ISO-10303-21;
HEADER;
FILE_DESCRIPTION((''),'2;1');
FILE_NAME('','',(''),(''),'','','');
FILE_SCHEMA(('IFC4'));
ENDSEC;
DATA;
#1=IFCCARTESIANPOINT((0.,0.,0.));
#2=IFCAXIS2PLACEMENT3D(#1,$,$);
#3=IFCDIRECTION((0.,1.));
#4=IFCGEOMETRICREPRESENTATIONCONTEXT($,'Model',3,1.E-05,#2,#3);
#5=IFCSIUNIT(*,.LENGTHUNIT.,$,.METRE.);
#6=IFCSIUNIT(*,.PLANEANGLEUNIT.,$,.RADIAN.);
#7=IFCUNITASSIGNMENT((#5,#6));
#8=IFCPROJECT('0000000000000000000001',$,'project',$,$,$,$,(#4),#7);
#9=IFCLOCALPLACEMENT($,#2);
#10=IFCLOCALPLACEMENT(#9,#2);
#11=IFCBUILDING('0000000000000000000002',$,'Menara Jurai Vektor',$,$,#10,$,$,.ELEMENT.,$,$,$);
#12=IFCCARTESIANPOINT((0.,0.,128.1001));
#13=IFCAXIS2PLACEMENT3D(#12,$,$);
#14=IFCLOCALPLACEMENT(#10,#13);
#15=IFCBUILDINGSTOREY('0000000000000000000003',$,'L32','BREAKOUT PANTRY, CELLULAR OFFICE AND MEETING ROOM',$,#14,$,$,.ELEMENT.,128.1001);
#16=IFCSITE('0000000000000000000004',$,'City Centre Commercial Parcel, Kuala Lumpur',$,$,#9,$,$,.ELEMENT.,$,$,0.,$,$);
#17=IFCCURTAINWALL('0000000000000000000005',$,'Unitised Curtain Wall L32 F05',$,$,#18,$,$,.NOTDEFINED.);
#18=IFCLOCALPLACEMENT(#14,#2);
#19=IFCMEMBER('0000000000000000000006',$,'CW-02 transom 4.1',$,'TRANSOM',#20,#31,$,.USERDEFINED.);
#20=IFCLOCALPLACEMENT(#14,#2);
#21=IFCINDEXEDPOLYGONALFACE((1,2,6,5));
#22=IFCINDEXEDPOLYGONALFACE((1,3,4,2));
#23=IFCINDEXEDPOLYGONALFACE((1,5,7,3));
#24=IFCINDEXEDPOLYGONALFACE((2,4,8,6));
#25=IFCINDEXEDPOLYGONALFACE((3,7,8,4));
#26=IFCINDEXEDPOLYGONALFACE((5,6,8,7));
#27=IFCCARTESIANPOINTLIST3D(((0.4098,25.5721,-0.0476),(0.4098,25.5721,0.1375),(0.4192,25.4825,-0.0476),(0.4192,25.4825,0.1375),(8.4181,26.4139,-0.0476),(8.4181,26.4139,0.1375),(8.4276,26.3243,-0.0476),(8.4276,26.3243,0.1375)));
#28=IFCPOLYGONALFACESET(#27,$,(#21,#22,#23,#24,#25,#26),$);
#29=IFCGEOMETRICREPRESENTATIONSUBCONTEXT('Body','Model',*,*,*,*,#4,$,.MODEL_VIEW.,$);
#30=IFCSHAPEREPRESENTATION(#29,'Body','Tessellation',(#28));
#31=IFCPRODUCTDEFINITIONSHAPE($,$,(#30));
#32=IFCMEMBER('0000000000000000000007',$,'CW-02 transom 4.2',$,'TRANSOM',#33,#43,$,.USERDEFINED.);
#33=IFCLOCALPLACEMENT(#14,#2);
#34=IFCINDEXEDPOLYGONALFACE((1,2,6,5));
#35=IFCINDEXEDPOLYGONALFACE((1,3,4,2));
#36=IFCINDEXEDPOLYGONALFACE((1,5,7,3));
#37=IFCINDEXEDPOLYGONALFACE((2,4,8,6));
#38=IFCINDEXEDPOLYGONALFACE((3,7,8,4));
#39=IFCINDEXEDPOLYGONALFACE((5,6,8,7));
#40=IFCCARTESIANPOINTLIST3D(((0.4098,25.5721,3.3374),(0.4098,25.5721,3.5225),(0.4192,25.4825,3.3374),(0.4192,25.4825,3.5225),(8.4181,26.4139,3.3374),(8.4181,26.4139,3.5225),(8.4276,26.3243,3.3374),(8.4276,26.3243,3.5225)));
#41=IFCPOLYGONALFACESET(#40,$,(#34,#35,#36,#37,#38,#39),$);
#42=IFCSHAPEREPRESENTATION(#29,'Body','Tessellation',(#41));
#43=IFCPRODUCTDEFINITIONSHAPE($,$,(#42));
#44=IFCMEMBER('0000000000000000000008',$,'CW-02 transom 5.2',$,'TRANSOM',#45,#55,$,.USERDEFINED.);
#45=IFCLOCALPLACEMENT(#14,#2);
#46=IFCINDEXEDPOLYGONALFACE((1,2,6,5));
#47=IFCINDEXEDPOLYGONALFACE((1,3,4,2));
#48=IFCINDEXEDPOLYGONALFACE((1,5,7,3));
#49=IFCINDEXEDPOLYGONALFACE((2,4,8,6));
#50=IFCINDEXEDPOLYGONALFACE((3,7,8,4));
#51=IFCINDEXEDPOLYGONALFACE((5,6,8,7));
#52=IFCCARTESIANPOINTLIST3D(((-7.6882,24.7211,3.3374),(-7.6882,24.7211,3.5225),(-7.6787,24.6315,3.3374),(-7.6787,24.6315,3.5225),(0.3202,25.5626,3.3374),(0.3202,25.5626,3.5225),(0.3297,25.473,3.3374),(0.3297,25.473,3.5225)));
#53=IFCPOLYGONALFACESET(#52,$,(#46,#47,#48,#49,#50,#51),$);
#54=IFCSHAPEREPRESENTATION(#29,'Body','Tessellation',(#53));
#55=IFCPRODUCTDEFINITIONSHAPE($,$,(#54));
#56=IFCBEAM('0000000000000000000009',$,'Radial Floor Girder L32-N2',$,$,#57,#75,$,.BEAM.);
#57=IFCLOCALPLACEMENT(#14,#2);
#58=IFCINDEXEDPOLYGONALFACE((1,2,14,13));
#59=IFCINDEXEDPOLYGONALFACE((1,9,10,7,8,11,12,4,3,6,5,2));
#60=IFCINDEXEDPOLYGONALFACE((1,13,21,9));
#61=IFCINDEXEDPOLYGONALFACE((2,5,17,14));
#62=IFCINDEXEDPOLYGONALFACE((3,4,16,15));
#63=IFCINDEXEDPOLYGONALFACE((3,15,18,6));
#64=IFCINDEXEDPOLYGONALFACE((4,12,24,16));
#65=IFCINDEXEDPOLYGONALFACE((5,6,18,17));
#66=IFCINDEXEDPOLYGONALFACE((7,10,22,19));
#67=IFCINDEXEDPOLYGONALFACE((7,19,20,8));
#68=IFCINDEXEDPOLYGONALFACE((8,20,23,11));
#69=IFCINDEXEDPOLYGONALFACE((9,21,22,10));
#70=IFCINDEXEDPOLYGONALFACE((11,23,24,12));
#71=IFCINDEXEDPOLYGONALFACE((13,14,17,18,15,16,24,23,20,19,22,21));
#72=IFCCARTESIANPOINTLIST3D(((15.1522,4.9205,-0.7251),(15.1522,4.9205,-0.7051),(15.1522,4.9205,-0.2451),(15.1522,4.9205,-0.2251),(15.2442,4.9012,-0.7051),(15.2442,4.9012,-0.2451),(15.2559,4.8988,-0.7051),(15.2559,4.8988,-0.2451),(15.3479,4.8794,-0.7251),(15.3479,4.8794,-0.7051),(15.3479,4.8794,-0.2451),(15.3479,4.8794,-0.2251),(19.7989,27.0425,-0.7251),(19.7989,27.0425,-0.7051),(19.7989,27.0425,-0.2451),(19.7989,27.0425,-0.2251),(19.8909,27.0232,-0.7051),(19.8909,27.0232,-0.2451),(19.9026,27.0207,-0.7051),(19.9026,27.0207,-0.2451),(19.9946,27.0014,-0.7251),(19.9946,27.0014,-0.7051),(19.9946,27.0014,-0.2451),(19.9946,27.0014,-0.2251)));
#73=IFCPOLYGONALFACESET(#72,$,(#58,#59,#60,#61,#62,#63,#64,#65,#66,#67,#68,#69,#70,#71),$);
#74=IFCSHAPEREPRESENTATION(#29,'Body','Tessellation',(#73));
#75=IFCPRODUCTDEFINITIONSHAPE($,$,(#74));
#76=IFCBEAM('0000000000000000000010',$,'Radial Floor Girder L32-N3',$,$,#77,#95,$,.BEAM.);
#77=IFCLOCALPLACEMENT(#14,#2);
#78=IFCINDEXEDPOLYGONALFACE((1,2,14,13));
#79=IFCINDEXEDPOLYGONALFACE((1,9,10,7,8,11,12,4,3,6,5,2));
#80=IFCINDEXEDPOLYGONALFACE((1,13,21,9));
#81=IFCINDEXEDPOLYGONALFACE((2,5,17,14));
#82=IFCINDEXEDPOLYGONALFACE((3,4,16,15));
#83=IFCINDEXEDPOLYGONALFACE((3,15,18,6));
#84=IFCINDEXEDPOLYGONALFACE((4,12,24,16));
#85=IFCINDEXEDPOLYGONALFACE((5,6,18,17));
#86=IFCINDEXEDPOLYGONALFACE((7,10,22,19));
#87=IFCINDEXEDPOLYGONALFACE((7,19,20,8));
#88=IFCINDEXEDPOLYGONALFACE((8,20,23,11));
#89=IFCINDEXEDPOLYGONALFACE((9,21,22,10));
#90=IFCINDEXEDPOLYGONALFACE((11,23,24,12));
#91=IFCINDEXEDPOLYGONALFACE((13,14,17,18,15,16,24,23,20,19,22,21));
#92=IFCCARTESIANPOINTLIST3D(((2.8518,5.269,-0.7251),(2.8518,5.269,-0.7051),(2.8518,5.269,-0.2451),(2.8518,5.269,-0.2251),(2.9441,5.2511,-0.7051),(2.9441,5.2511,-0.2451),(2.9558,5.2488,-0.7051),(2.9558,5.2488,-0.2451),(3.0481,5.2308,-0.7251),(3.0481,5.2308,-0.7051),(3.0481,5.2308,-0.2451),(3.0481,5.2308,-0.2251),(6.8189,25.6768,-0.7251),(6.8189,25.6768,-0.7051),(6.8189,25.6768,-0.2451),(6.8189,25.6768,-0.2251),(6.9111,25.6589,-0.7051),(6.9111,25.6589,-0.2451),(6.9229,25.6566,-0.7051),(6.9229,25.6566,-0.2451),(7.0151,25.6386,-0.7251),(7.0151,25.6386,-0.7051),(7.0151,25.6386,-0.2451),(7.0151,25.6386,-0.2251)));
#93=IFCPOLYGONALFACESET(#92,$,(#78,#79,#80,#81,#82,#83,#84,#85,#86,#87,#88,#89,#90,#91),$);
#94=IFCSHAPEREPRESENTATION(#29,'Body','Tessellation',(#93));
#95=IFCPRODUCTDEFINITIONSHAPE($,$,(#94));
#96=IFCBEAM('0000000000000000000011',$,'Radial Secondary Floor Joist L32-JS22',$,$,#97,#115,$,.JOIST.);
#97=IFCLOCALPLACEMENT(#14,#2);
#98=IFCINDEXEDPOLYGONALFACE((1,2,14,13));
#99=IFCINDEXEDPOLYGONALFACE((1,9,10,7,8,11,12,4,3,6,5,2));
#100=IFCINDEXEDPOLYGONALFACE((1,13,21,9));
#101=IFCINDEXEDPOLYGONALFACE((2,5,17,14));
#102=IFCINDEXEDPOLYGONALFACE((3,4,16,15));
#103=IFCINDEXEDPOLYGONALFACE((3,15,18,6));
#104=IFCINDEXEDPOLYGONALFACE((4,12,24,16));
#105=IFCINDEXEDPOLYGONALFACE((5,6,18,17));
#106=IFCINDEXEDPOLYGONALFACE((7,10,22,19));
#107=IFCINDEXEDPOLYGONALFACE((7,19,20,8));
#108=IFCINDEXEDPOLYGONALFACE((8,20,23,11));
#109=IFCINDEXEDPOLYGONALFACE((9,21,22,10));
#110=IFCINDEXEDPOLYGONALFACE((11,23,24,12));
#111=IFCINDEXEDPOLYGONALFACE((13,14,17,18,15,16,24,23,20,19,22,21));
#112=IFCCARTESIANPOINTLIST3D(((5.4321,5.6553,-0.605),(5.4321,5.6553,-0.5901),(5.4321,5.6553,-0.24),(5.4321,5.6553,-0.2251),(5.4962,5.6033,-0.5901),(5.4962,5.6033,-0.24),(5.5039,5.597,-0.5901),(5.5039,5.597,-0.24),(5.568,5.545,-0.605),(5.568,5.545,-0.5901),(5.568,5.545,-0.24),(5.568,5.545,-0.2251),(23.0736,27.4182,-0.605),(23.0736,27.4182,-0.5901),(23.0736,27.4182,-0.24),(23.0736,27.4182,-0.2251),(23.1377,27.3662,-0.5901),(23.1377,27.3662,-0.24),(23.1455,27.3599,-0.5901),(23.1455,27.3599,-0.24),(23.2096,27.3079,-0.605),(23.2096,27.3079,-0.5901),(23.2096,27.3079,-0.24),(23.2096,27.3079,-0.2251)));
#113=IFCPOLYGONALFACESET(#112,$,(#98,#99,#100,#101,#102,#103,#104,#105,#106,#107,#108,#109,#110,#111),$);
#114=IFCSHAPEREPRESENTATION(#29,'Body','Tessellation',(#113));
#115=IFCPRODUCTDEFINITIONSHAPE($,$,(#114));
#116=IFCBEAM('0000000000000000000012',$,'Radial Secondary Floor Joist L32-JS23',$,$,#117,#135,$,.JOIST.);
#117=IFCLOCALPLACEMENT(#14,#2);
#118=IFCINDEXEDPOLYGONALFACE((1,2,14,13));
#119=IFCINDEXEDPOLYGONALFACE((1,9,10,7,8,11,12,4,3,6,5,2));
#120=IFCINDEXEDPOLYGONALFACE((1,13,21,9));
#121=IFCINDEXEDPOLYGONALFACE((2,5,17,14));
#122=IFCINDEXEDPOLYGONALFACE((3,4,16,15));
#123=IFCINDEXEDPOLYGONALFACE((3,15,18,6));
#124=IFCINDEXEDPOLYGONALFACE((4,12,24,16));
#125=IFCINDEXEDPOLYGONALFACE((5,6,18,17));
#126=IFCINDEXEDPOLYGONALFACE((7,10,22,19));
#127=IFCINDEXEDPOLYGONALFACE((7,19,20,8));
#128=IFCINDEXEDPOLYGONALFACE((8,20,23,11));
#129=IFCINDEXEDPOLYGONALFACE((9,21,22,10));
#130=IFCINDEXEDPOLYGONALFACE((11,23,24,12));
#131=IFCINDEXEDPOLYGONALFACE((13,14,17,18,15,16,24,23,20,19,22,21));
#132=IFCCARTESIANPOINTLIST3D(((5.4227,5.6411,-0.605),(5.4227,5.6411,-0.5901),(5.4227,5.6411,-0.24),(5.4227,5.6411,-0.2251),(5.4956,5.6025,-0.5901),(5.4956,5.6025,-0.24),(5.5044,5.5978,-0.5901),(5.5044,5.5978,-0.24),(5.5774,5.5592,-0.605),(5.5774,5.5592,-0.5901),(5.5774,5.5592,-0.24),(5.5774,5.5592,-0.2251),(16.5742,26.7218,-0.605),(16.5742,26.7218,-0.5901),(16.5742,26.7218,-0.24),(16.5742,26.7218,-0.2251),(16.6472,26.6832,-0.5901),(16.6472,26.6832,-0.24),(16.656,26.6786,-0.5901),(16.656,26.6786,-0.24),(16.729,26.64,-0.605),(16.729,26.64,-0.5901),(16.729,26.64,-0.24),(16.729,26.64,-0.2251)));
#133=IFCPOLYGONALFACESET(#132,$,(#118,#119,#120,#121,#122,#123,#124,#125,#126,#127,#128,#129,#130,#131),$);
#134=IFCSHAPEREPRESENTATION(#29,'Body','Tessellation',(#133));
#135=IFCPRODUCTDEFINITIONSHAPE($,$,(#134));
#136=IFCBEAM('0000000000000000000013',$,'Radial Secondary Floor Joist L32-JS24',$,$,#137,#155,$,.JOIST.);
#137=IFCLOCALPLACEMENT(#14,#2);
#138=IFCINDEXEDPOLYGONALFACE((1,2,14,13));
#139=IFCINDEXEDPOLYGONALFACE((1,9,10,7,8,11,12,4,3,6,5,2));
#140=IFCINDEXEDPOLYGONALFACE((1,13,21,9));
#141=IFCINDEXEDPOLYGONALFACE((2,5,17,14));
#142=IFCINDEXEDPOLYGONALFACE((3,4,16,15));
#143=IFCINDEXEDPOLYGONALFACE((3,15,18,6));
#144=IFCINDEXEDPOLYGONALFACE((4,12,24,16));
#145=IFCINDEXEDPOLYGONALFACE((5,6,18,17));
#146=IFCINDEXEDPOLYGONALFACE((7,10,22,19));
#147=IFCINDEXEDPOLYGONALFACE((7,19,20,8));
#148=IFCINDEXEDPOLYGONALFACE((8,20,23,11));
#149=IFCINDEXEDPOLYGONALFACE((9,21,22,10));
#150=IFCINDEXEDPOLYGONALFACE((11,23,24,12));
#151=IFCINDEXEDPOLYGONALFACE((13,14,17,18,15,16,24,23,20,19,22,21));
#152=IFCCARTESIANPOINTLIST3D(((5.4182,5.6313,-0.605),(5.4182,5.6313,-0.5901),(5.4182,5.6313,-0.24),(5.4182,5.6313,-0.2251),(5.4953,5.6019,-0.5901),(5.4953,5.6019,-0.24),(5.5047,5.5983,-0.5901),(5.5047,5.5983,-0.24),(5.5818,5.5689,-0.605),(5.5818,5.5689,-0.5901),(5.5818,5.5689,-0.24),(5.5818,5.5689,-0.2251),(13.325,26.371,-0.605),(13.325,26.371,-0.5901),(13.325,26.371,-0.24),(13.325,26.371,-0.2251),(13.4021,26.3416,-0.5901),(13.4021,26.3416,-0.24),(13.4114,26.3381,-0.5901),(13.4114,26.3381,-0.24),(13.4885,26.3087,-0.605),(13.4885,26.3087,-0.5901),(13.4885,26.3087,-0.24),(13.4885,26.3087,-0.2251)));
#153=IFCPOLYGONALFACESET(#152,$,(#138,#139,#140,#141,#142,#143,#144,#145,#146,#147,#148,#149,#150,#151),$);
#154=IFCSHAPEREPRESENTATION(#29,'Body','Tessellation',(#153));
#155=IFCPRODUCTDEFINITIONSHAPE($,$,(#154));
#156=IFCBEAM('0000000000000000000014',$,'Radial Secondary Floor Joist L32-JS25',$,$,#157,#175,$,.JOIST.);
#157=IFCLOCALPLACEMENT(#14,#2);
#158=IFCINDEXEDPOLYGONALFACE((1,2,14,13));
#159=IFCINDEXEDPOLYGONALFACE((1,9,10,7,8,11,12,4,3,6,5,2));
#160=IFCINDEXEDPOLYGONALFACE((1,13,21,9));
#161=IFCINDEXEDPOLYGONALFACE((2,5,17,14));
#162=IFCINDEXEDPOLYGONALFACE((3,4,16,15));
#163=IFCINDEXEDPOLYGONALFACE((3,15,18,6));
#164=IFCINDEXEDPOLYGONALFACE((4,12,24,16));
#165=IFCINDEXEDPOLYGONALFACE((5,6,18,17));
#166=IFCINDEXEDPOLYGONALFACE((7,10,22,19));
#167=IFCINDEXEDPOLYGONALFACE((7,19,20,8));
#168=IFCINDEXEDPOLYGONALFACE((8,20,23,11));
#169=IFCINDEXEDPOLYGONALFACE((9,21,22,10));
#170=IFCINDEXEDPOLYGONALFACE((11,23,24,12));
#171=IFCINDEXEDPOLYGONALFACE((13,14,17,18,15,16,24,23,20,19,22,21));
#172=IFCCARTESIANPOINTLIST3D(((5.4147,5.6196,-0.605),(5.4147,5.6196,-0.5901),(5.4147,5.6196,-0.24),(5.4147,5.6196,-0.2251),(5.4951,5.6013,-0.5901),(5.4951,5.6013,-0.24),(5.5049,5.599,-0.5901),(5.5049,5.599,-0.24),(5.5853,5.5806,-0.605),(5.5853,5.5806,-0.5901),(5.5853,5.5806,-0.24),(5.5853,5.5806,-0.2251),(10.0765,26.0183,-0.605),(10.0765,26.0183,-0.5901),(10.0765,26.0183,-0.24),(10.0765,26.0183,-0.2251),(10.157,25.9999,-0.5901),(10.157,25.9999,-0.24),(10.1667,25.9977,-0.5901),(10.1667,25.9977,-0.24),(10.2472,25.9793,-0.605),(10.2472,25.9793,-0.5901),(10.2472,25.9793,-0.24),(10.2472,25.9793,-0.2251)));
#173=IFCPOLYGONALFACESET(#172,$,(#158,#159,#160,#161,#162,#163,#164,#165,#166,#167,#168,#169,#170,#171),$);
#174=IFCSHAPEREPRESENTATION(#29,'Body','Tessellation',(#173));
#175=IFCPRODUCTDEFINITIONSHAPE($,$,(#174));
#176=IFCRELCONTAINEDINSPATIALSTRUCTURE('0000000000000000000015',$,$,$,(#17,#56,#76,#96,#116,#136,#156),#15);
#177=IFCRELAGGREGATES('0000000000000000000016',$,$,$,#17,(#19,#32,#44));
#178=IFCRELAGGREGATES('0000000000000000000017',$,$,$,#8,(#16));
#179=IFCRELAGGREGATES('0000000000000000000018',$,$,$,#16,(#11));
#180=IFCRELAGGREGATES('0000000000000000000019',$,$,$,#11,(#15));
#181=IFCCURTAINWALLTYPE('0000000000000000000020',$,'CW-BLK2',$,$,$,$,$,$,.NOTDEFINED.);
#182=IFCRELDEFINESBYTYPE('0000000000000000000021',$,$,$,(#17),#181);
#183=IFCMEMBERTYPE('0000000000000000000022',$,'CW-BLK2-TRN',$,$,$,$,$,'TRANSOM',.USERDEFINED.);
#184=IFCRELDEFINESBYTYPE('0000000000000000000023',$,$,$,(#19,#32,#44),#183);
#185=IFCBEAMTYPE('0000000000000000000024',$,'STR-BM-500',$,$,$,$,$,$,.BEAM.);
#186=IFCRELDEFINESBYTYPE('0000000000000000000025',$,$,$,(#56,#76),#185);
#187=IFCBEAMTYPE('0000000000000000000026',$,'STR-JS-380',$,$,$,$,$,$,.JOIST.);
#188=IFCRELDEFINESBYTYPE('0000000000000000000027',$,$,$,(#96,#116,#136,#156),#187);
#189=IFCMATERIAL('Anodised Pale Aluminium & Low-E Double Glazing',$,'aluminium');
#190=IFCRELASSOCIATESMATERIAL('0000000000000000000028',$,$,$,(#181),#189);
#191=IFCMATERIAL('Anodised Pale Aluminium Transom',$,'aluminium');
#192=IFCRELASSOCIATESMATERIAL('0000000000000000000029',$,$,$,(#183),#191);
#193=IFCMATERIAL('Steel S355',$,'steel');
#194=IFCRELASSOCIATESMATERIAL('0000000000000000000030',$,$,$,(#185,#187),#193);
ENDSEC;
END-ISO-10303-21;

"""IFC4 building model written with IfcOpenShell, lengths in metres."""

from ifc_helpers import new_model, si_unit, direction, frame, origin, origin_2d, place, context, subcontext, project, spatial, rectangle, i_section, extrude, material, material_profile, profile_set, type_object, element, aggregate, save


model = new_model("IFC4")

# Units and contexts
model_context = context("Model", 3, precision=1e-05, world=origin(), true_north=direction((0.0, 1.0)))
body_context = subcontext(model_context, "Body", "Model", "MODEL_VIEW")
ifc_project = project(units=[si_unit("LENGTHUNIT", "METRE"), si_unit("PLANEANGLEUNIT", "RADIAN")], contexts=[model_context])

# Site, building, storey
site_placement = place(None, origin())
site = spatial("IfcSite", under=ifc_project, at=site_placement, Name="City Centre Commercial Parcel, Kuala Lumpur", CompositionType="ELEMENT", RefElevation=0.0)
building_placement = place(site_placement, origin())
building = spatial("IfcBuilding", under=site, at=building_placement, Name="Menara Jurai Vektor", CompositionType="ELEMENT")
storey_placement = place(building_placement, frame((0.0, 0.0, 128.1001)))
storey = spatial("IfcBuildingStorey", under=building, at=storey_placement, Name="L32", Description="BREAKOUT PANTRY, CELLULAR OFFICE AND MEETING ROOM", CompositionType="ELEMENT", Elevation=128.1001)

# Curtain wall, members
ifc_material_1 = material(Name="Anodised Pale Aluminium & Low-E Double Glazing", Category="aluminium")
curtain_wall_type = type_object("IfcCurtainWallType", Name="CW-BLK2", PredefinedType="NOTDEFINED", material=ifc_material_1)
curtain_wall_placement = place(storey_placement, origin())
curtain_wall = element("IfcCurtainWall", 1, at=curtain_wall_placement, inside=storey, type_object=curtain_wall_type, Name="Unitised Curtain Wall L32 F05", PredefinedType="NOTDEFINED")
ifc_material_2 = material(Name="Anodised Pale Aluminium Transom", Category="aluminium")
ifc_material_profile_1 = material_profile(ifc_material_2, rectangle(XDim=0.0901, YDim=0.1851, at=origin_2d()), Name="ALU TRN 90x185")
ifc_profile_set_1 = profile_set([ifc_material_profile_1], Name="Anodised Pale Aluminium Transom")
member_type_1 = type_object("IfcMemberType", Name="CW-BLK2-TRN", ElementType="TRANSOM", PredefinedType="USERDEFINED", material=ifc_profile_set_1)
member_1_placement = place(storey_placement, frame((8.4229, 26.3691, 0.0449), z_axis=(-0.994521, -0.10454, 0.0), x_axis=(0.10454, -0.994521, 0.0)))
member_1 = element("IfcMember", 2, at=member_1_placement, type_object=member_type_1, Name="CW-02 transom 4.1", ObjectType="TRANSOM", PredefinedType="USERDEFINED", context=body_context, shape_type="SweptSolid", body=[
    extrude(rectangle(XDim=0.0901, YDim=0.1851, at=origin_2d()), origin(), (0.0, 0.0, 1.0), 8.0525),
])
member_2_placement = place(storey_placement, frame((8.4229, 26.3691, 3.4299), z_axis=(-0.994521, -0.10454, 0.0), x_axis=(0.10454, -0.994521, 0.0)))
member_2 = element("IfcMember", 3, at=member_2_placement, type_object=member_type_1, Name="CW-02 transom 4.2", ObjectType="TRANSOM", PredefinedType="USERDEFINED", context=body_context, shape_type="SweptSolid", body=[
    extrude(rectangle(XDim=0.0901, YDim=0.1851, at=origin_2d()), origin(), (0.0, 0.0, 1.0), 8.0525),
])
member_3_placement = place(storey_placement, frame((0.325, 25.5178, 3.4299), z_axis=(-0.994524, -0.10451, 0.0), x_axis=(0.10451, -0.994524, 0.0)))
member_3 = element("IfcMember", 4, at=member_3_placement, type_object=member_type_1, Name="CW-02 transom 5.2", ObjectType="TRANSOM", PredefinedType="USERDEFINED", context=body_context, shape_type="SweptSolid", body=[
    extrude(rectangle(XDim=0.0901, YDim=0.1851, at=origin_2d()), origin(), (0.0, 0.0, 1.0), 8.0525),
])

# Beams
ifc_material_3 = material(Name="Steel S355", Category="steel")
ifc_material_profile_2 = material_profile(ifc_material_3, i_section(OverallWidth=0.2, OverallDepth=0.5, WebThickness=0.012, FlangeThickness=0.02, at=origin_2d()), Name="PG 500x200x96")
ifc_profile_set_2 = profile_set([ifc_material_profile_2], Name="Steel S355")
beam_type_1 = type_object("IfcBeamType", Name="STR-BM-500", PredefinedType="BEAM", material=ifc_profile_set_2)
beam_1_placement = place(storey_placement, frame((19.8967, 27.022, -0.4751), z_axis=(-0.205564, -0.978644, 0.0), x_axis=(0.978644, -0.205564, 0.0)))
element("IfcBeam", 5, at=beam_1_placement, inside=storey, type_object=beam_type_1, Name="Radial Floor Girder L32-N2", PredefinedType="BEAM", context=body_context, shape_type="SweptSolid", body=[
    extrude(i_section(OverallWidth=0.2, OverallDepth=0.5, WebThickness=0.012, FlangeThickness=0.02, at=origin_2d()), origin(), (0.0, 0.0, 1.0), 22.6047),
])
beam_2_placement = place(storey_placement, frame((6.917, 25.6577, -0.4751), z_axis=(-0.190817, -0.981626, 0.0), x_axis=(0.981626, -0.190817, 0.0)))
element("IfcBeam", 6, at=beam_2_placement, inside=storey, type_object=beam_type_1, Name="Radial Floor Girder L32-N3", PredefinedType="BEAM", context=body_context, shape_type="SweptSolid", body=[
    extrude(i_section(OverallWidth=0.2, OverallDepth=0.5, WebThickness=0.012, FlangeThickness=0.02, at=origin_2d()), origin(), (0.0, 0.0, 1.0), 20.7898),
])
ifc_material_profile_3 = material_profile(ifc_material_3, i_section(OverallWidth=0.175, OverallDepth=0.3799, WebThickness=0.01, FlangeThickness=0.0149, at=origin_2d()), Name="PG 380x175x58")
ifc_profile_set_3 = profile_set([ifc_material_profile_3], Name="Steel S355")
beam_type_2 = type_object("IfcBeamType", Name="STR-JS-380", PredefinedType="JOIST", material=ifc_profile_set_3)
beam_3_placement = place(storey_placement, frame((23.1416, 27.363, -0.415), z_axis=(-0.629715, -0.776826, 0.0), x_axis=(0.776826, -0.629715, 0.0)))
element("IfcBeam", 7, at=beam_3_placement, inside=storey, type_object=beam_type_2, Name="Radial Secondary Floor Joist L32-JS22", PredefinedType="JOIST", context=body_context, shape_type="SweptSolid", body=[
    extrude(i_section(OverallWidth=0.175, OverallDepth=0.3799, WebThickness=0.01, FlangeThickness=0.0149, at=origin_2d()), origin(), (0.0, 0.0, 1.0), 28.0151),
])
beam_4_placement = place(storey_placement, frame((16.6516, 26.6809, -0.415), z_axis=(-0.467599, -0.883941, 0.0), x_axis=(0.883941, -0.467599, 0.0)))
element("IfcBeam", 8, at=beam_4_placement, inside=storey, type_object=beam_type_2, Name="Radial Secondary Floor Joist L32-JS23", PredefinedType="JOIST", context=body_context, shape_type="SweptSolid", body=[
    extrude(i_section(OverallWidth=0.175, OverallDepth=0.3799, WebThickness=0.01, FlangeThickness=0.0149, at=origin_2d()), origin(), (0.0, 0.0, 1.0), 23.8486),
])
beam_5_placement = place(storey_placement, frame((13.4067, 26.3398, -0.415), z_axis=(-0.356227, -0.9344, 0.0), x_axis=(0.9344, -0.356227, 0.0)))
element("IfcBeam", 9, at=beam_5_placement, inside=storey, type_object=beam_type_2, Name="Radial Secondary Floor Joist L32-JS24", PredefinedType="JOIST", context=body_context, shape_type="SweptSolid", body=[
    extrude(i_section(OverallWidth=0.175, OverallDepth=0.3799, WebThickness=0.01, FlangeThickness=0.0149, at=origin_2d()), origin(), (0.0, 0.0, 1.0), 22.1958),
])
beam_6_placement = place(storey_placement, frame((10.1619, 25.9988, -0.415), z_axis=(-0.222793, -0.974866, 0.0), x_axis=(0.974866, -0.222793, 0.0)))
element("IfcBeam", 10, at=beam_6_placement, inside=storey, type_object=beam_type_2, Name="Radial Secondary Floor Joist L32-JS25", PredefinedType="JOIST", context=body_context, shape_type="SweptSolid", body=[
    extrude(i_section(OverallWidth=0.175, OverallDepth=0.3799, WebThickness=0.01, FlangeThickness=0.0149, at=origin_2d()), origin(), (0.0, 0.0, 1.0), 20.9246),
])

aggregate(curtain_wall, [member_1, member_2, member_3])

save(model, "model.ifc")
